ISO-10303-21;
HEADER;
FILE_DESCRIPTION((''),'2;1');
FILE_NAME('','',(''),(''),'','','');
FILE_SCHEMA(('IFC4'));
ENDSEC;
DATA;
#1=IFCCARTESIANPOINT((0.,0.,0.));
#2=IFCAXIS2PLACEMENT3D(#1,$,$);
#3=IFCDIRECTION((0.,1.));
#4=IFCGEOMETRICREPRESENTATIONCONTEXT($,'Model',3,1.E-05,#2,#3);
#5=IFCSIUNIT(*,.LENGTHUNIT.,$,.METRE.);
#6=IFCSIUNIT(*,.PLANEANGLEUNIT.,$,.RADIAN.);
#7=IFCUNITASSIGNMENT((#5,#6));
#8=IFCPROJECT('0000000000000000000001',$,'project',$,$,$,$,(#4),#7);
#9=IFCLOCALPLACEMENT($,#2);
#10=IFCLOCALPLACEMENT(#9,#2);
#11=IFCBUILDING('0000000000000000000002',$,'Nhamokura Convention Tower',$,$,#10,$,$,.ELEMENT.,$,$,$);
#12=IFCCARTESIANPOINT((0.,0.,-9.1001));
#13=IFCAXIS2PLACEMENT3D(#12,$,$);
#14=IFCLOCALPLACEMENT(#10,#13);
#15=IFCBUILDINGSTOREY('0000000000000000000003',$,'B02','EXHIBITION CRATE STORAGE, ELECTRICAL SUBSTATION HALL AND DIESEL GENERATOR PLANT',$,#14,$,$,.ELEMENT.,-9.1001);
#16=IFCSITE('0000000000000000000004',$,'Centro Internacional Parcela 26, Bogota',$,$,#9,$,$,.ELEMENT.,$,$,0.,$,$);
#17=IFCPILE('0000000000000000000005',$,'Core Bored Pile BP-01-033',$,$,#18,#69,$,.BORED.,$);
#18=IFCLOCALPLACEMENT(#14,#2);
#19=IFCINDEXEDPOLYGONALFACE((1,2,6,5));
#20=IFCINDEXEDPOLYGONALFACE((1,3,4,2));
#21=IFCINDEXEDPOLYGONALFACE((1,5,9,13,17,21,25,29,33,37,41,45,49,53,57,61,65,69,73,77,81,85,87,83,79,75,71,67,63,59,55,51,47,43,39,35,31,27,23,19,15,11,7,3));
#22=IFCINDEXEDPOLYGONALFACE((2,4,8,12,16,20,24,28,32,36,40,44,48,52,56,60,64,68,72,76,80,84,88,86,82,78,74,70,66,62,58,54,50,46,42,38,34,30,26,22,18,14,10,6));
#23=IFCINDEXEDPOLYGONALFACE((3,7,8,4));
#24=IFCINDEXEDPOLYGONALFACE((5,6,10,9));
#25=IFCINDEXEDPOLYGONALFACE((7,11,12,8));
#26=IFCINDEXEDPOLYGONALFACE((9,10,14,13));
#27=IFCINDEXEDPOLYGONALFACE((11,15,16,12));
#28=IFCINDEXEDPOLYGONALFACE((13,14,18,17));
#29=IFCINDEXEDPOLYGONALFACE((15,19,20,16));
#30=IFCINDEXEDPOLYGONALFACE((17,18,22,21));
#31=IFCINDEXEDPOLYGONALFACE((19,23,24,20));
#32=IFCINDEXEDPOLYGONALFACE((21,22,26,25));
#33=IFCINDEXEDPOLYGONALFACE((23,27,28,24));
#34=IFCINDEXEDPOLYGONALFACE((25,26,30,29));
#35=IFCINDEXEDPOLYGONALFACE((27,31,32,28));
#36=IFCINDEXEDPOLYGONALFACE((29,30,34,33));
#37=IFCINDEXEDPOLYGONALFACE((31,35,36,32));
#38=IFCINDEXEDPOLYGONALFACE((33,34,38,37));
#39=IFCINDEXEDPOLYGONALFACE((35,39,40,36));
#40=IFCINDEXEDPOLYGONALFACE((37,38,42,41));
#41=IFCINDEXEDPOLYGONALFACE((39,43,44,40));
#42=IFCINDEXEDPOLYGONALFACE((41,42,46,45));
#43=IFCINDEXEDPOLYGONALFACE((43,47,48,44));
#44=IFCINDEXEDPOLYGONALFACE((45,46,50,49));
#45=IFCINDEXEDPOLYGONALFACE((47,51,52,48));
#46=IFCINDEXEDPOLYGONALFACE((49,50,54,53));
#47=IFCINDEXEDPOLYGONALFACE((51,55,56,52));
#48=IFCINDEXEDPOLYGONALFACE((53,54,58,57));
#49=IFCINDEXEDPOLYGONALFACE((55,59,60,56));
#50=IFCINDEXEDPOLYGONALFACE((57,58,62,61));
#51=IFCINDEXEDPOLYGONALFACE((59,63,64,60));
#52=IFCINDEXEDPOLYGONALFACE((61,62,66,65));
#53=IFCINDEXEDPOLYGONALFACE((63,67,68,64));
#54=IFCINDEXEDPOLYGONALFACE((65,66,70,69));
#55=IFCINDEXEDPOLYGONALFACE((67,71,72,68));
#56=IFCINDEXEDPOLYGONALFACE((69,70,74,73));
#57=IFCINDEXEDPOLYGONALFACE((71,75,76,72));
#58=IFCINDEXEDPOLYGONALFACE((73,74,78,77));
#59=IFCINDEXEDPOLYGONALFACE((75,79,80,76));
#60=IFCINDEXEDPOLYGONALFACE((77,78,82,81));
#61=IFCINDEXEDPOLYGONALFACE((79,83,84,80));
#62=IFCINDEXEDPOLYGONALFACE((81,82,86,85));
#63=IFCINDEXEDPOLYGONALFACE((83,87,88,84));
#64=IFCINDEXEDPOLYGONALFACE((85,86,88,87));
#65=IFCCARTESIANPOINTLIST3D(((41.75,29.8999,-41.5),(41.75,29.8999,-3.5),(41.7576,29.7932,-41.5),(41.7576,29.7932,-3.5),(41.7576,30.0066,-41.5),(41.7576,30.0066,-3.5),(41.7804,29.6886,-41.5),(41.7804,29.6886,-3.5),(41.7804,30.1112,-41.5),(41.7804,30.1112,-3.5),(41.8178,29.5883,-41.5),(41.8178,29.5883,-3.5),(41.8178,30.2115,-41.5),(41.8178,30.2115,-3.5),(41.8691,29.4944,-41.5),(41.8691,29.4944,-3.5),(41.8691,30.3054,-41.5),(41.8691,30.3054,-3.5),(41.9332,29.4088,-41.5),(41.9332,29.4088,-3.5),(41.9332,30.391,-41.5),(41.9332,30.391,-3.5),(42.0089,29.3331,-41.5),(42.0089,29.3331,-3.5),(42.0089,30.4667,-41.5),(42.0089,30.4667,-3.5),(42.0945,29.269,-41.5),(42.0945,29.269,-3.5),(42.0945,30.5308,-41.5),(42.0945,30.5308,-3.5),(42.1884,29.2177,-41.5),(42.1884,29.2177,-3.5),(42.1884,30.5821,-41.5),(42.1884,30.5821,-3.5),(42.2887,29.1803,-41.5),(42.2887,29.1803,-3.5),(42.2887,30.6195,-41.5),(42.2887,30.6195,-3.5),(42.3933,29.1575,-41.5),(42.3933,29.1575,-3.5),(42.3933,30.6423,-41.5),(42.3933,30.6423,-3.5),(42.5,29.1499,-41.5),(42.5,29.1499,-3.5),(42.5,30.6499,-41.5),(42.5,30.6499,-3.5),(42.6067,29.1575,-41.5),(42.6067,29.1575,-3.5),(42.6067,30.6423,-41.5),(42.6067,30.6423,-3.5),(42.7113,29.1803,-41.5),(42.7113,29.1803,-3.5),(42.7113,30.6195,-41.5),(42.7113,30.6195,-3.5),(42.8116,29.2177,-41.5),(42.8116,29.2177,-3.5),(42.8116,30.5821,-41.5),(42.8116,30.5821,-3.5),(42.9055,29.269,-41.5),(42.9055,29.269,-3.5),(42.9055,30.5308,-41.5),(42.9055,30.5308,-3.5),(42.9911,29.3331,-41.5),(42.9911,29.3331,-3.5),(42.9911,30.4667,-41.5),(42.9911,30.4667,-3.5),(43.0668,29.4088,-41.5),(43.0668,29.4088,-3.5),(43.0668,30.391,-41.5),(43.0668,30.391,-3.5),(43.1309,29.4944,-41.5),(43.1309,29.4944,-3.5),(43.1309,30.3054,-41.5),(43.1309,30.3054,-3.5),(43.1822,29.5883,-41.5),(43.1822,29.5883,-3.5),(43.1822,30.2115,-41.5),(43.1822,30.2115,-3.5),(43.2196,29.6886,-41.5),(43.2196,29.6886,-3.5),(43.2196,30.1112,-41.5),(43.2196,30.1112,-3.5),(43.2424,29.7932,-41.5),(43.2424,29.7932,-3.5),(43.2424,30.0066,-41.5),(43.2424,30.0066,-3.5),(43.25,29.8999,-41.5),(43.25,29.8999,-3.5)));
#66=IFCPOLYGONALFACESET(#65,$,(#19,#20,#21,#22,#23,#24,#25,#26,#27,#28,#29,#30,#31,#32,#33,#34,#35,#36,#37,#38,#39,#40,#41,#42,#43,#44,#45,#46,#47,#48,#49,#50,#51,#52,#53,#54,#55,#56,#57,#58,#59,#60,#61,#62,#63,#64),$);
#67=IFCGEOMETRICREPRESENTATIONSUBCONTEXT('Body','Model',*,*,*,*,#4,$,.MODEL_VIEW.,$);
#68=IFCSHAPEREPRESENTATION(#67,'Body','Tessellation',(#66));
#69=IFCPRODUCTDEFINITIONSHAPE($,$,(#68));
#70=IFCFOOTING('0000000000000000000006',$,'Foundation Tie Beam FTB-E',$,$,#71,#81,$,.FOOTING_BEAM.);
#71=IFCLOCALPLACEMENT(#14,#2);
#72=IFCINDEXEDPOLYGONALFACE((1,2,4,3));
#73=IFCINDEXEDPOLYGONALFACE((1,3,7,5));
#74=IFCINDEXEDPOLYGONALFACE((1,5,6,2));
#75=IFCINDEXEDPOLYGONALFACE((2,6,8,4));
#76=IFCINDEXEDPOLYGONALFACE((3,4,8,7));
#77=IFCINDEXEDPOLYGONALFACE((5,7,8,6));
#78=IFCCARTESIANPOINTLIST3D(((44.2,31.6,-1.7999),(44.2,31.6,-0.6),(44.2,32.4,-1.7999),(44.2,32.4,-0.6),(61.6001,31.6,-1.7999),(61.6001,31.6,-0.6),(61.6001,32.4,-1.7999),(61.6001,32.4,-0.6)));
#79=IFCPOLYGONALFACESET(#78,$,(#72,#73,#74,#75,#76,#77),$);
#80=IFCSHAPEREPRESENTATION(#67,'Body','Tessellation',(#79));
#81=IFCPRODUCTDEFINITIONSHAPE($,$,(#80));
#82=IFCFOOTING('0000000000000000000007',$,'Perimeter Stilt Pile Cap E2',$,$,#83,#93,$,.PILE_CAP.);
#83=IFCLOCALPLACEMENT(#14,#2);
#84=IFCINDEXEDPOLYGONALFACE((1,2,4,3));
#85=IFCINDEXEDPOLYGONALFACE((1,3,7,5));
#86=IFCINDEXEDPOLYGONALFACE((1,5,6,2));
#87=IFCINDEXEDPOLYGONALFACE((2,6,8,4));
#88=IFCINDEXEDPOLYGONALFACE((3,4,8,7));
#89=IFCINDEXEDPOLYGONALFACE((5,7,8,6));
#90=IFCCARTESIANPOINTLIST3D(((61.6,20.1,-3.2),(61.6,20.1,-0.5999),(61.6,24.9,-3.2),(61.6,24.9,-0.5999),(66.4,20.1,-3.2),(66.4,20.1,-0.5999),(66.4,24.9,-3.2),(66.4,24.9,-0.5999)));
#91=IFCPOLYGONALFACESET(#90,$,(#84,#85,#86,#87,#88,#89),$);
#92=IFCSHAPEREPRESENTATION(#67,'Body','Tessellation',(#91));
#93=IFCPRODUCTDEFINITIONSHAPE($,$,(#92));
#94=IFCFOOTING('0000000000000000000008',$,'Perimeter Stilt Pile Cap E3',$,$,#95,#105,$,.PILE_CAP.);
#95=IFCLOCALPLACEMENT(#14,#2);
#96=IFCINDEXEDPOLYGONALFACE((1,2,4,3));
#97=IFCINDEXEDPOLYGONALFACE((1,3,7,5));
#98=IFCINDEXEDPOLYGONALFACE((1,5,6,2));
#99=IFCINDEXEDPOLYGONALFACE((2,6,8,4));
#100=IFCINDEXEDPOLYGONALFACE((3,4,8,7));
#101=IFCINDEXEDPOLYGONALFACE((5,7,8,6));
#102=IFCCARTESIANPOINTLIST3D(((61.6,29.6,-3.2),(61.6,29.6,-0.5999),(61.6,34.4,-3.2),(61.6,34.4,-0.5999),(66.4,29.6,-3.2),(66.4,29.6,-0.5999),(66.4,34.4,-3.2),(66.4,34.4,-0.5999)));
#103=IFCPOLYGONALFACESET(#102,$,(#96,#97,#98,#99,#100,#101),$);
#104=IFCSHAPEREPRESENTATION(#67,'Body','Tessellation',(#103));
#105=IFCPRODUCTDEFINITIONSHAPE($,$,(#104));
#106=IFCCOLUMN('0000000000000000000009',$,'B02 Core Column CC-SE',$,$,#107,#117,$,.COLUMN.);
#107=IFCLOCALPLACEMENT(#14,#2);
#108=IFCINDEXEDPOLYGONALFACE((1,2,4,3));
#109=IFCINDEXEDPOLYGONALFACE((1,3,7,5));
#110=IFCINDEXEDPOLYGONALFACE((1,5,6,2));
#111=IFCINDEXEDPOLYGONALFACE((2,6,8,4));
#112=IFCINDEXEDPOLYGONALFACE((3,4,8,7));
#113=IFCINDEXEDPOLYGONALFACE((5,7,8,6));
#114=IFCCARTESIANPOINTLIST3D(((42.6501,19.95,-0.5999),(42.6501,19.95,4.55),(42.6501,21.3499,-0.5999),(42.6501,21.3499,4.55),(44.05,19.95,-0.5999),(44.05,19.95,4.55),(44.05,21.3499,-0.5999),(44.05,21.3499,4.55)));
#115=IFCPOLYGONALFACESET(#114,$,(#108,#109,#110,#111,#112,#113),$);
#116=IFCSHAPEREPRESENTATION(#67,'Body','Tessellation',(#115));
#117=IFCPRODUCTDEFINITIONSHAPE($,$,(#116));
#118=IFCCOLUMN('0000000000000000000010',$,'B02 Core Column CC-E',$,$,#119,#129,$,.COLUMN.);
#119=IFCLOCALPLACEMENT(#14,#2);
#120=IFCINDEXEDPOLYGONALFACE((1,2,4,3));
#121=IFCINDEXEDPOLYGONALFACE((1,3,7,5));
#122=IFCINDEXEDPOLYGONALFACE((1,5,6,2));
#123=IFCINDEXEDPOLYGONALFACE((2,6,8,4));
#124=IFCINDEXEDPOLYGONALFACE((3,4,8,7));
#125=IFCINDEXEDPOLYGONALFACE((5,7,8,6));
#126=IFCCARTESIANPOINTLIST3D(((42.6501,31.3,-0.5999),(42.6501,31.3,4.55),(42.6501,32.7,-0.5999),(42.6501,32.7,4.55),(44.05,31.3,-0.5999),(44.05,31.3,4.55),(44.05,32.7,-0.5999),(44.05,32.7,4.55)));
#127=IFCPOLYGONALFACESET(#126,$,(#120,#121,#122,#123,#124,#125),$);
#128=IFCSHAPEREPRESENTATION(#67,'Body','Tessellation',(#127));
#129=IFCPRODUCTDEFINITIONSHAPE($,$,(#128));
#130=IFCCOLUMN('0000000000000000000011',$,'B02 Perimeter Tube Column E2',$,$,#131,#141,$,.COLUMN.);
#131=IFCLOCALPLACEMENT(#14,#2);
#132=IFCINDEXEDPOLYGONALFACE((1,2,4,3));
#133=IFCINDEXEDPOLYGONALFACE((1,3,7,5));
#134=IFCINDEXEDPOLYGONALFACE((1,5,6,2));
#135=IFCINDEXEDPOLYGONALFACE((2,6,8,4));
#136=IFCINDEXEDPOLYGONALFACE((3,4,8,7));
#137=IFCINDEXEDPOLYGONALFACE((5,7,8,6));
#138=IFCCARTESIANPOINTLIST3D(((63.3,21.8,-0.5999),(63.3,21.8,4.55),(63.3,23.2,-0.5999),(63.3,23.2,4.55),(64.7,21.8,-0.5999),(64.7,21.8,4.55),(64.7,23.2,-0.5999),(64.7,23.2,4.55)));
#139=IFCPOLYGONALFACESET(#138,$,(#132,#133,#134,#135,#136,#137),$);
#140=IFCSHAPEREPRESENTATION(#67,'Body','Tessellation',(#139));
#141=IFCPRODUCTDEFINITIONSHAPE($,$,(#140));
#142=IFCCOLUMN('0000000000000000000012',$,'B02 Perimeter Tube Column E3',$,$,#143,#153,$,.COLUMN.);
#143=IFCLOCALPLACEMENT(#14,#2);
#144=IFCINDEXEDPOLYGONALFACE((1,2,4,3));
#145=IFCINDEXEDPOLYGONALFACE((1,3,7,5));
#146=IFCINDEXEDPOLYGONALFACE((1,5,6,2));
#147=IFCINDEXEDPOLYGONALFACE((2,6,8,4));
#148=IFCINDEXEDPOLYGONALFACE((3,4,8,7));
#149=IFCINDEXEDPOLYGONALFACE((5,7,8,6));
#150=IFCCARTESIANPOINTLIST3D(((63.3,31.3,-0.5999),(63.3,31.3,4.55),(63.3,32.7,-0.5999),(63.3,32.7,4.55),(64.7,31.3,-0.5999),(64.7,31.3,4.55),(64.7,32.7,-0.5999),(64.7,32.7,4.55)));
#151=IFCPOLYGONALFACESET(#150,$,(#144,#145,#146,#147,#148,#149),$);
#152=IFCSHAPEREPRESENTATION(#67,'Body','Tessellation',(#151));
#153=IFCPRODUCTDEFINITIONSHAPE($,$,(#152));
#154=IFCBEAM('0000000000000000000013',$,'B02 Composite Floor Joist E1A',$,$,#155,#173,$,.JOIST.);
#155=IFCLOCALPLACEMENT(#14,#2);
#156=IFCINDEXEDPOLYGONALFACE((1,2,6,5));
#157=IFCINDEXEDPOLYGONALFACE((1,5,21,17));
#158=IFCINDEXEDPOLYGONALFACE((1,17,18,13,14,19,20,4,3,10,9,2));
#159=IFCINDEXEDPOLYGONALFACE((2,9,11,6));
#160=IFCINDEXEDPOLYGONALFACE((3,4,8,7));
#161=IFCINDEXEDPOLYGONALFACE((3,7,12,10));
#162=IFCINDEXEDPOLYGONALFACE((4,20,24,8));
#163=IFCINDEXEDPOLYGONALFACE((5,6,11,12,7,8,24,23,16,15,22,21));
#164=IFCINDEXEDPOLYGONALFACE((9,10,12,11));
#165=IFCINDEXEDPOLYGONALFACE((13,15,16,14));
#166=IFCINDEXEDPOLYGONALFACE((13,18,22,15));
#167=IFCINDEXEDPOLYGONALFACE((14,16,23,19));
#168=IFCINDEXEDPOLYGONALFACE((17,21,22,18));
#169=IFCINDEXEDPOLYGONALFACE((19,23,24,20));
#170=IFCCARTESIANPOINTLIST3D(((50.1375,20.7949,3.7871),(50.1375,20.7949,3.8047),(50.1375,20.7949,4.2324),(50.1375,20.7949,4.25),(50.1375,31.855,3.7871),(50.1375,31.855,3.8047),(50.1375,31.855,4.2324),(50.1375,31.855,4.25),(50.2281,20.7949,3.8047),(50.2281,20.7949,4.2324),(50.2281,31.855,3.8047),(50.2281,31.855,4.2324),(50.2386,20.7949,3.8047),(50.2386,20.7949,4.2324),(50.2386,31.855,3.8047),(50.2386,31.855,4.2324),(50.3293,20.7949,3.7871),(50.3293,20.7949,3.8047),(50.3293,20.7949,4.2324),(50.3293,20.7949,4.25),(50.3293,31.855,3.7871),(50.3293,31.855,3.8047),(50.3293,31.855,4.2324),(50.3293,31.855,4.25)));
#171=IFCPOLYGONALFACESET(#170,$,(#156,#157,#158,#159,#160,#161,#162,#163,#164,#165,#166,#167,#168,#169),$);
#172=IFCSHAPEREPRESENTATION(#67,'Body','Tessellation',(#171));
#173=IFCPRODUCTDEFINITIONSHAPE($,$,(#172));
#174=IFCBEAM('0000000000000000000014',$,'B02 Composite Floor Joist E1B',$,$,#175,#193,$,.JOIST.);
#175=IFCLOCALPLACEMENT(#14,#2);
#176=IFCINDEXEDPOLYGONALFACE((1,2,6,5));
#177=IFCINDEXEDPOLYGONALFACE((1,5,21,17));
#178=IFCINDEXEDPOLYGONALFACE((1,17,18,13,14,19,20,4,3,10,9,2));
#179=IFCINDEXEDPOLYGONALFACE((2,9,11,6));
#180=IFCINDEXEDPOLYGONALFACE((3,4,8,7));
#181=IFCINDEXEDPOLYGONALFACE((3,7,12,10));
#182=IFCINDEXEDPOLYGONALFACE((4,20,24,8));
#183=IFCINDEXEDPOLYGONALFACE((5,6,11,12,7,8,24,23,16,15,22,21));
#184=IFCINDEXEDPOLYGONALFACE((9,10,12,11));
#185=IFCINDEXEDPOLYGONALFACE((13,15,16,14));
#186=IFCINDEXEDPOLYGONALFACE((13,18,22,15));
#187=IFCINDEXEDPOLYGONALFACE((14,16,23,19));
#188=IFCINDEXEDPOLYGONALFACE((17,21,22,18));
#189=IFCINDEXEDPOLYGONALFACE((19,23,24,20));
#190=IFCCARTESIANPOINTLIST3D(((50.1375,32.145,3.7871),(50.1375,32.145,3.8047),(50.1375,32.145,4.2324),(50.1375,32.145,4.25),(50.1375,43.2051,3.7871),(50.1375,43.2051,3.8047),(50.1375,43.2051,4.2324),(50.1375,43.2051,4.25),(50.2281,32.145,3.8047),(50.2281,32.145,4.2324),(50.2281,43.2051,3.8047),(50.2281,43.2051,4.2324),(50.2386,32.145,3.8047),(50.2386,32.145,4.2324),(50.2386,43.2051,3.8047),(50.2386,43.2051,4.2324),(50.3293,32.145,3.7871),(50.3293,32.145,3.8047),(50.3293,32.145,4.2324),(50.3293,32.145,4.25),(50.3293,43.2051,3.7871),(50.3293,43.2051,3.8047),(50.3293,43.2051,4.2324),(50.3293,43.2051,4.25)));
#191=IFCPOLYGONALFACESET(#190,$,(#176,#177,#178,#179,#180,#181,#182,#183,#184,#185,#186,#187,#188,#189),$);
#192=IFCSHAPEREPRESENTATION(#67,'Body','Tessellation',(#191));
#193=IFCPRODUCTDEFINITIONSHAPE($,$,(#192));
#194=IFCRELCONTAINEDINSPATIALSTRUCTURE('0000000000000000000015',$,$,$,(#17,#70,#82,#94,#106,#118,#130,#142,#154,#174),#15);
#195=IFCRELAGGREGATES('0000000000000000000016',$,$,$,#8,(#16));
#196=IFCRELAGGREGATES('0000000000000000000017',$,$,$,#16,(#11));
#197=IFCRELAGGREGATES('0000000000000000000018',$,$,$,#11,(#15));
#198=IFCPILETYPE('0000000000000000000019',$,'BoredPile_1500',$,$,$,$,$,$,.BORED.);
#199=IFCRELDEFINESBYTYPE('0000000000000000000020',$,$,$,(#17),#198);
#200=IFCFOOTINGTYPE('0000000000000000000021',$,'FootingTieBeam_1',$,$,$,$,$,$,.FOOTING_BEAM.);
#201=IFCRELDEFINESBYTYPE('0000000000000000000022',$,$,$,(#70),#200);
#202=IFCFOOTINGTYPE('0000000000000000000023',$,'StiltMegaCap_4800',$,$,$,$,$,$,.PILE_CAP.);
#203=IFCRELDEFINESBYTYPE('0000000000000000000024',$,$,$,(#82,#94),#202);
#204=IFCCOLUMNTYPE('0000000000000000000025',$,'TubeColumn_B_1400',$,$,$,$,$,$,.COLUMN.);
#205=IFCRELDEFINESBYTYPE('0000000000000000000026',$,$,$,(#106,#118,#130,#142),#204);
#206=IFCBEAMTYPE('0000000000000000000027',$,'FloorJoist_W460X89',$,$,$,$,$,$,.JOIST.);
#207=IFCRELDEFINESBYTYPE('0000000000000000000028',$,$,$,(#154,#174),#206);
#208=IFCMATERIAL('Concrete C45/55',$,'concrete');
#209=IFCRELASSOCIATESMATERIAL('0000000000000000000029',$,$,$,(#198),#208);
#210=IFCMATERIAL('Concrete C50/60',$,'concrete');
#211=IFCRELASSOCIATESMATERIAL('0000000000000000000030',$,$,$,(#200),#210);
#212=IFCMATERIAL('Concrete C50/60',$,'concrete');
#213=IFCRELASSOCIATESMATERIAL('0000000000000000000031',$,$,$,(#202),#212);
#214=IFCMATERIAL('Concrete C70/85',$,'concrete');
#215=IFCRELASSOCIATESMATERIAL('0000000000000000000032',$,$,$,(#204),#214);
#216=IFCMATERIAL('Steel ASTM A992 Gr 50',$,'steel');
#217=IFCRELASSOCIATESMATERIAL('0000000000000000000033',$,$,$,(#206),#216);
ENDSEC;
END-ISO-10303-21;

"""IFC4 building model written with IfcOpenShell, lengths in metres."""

from ifc_helpers import new_model, si_unit, direction, frame, origin, origin_2d, place, context, subcontext, project, spatial, rectangle, circle, i_section, extrude, material, material_profile, profile_set, type_object, element, save


model = new_model("IFC4")

# Units and contexts
model_context = context("Model", 3, precision=1e-05, world=origin(), true_north=direction((0.0, 1.0)))
body_context = subcontext(model_context, "Body", "Model", "MODEL_VIEW")
ifc_project = project(units=[si_unit("LENGTHUNIT", "METRE"), si_unit("PLANEANGLEUNIT", "RADIAN")], contexts=[model_context])

# Site, building, storey
site_placement = place(None, origin())
site = spatial("IfcSite", under=ifc_project, at=site_placement, Name="Centro Internacional Parcela 26, Bogota", CompositionType="ELEMENT", RefElevation=0.0)
building_placement = place(site_placement, origin())
building = spatial("IfcBuilding", under=site, at=building_placement, Name="Nhamokura Convention Tower", CompositionType="ELEMENT")
storey_placement = place(building_placement, frame((0.0, 0.0, -9.1001)))
storey = spatial("IfcBuildingStorey", under=building, at=storey_placement, Name="B02", Description="EXHIBITION CRATE STORAGE, ELECTRICAL SUBSTATION HALL AND DIESEL GENERATOR PLANT", CompositionType="ELEMENT", Elevation=-9.1001)

# Pile
ifc_material_1 = material(Name="Concrete C45/55", Category="concrete")
ifc_material_profile_1 = material_profile(ifc_material_1, circle(Radius=0.75, at=origin_2d()))
ifc_profile_set_1 = profile_set([ifc_material_profile_1], Name="Concrete C45/55")
pile_type_1 = type_object("IfcPileType", Name="BoredPile_1500", PredefinedType="BORED", material=ifc_profile_set_1)
for number, where, z_axis, x_axis, name in (
    (1, (42.5, 29.8999, -3.5), (0.0, 0.0, -1.0), (1.0, 0.0, 0.0), "Core Bored Pile BP-01-033"),
):
    element("IfcPile", number, at=place(storey_placement, frame(where, z_axis=z_axis, x_axis=x_axis)), inside=storey, type_object=pile_type_1, Name=name, PredefinedType="BORED", context=body_context, shape_type="SweptSolid", body=[
        extrude(circle(Radius=0.75, at=origin_2d()), origin(), (0.0, 0.0, 1.0), 38.0),
    ])

# Footings
ifc_material_2 = material(Name="Concrete C50/60", Category="concrete")
ifc_material_profile_2 = material_profile(ifc_material_2, rectangle(XDim=0.8, YDim=1.2, at=origin_2d()))
ifc_profile_set_2 = profile_set([ifc_material_profile_2], Name="Concrete C50/60")
footing_type_1 = type_object("IfcFootingType", Name="FootingTieBeam_1", PredefinedType="FOOTING_BEAM", material=ifc_profile_set_2)
footing_placement = place(storey_placement, frame((44.2, 32.0, -1.2), z_axis=(1.0, 0.0, 0.0), x_axis=(0.0, 1.0, 0.0)))
element("IfcFooting", 2, at=footing_placement, inside=storey, type_object=footing_type_1, Name="Foundation Tie Beam FTB-E", PredefinedType="FOOTING_BEAM", context=body_context, shape_type="SweptSolid", body=[
    extrude(rectangle(XDim=0.8, YDim=1.2, at=origin_2d()), origin(), (0.0, 0.0, 1.0), 17.4001),
])
ifc_material_3 = material(Name="Concrete C50/60", Category="concrete")
footing_type_2 = type_object("IfcFootingType", Name="StiltMegaCap_4800", PredefinedType="PILE_CAP", material=ifc_material_3)
for number, where, z_axis, x_axis, name in (
    (3, (64.0, 22.5, -3.2), (0.0, 0.0, 1.0), (1.0, 0.0, 0.0), "Perimeter Stilt Pile Cap E2"),
    (4, (64.0, 32.0, -3.2), (0.0, 0.0, 1.0), (1.0, 0.0, 0.0), "Perimeter Stilt Pile Cap E3"),
):
    element("IfcFooting", number, at=place(storey_placement, frame(where, z_axis=z_axis, x_axis=x_axis)), inside=storey, type_object=footing_type_2, Name=name, PredefinedType="PILE_CAP", context=body_context, shape_type="SweptSolid", body=[
        extrude(rectangle(XDim=4.8, YDim=4.8, at=origin_2d()), origin(), (0.0, 0.0, 1.0), 2.6001),
    ])

# Columns
ifc_material_4 = material(Name="Concrete C70/85", Category="concrete")
ifc_material_profile_3 = material_profile(ifc_material_4, rectangle(XDim=1.3999, YDim=1.3999, at=origin_2d()))
ifc_profile_set_3 = profile_set([ifc_material_profile_3], Name="Concrete C70/85")
column_type = type_object("IfcColumnType", Name="TubeColumn_B_1400", PredefinedType="COLUMN", material=ifc_profile_set_3)
for number, where, z_axis, x_axis, name in (
    (5, (43.3501, 20.6499, -0.5999), (0.0, 0.0, 1.0), (1.0, 0.0, 0.0), "B02 Core Column CC-SE"),
    (6, (43.3501, 32.0, -0.5999), (0.0, 0.0, 1.0), (1.0, 0.0, 0.0), "B02 Core Column CC-E"),
    (7, (64.0, 22.5, -0.5999), (0.0, 0.0, 1.0), (1.0, 0.0, 0.0), "B02 Perimeter Tube Column E2"),
    (8, (64.0, 32.0, -0.5999), (0.0, 0.0, 1.0), (1.0, 0.0, 0.0), "B02 Perimeter Tube Column E3"),
):
    element("IfcColumn", number, at=place(storey_placement, frame(where, z_axis=z_axis, x_axis=x_axis)), inside=storey, type_object=column_type, Name=name, PredefinedType="COLUMN", context=body_context, shape_type="SweptSolid", body=[
        extrude(rectangle(XDim=1.3999, YDim=1.3999, at=origin_2d()), origin(), (0.0, 0.0, 1.0), 5.1499),
    ])

# Beams
ifc_material_5 = material(Name="Steel ASTM A992 Gr 50", Category="steel")
ifc_material_profile_4 = material_profile(ifc_material_5, i_section(OverallWidth=0.1919, OverallDepth=0.4629, WebThickness=0.0105, FlangeThickness=0.0176, at=origin_2d()))
ifc_profile_set_4 = profile_set([ifc_material_profile_4], Name="Steel ASTM A992 Gr 50")
beam_type_1 = type_object("IfcBeamType", Name="FloorJoist_W460X89", PredefinedType="JOIST", material=ifc_profile_set_4)
for number, where, z_axis, x_axis, name in (
    (9, (50.2334, 20.7949, 4.0186), (0.0, 1.0, 0.0), (-1.0, 0.0, 0.0), "B02 Composite Floor Joist E1A"),
    (10, (50.2334, 32.145, 4.0186), (0.0, 1.0, 0.0), (-1.0, 0.0, 0.0), "B02 Composite Floor Joist E1B"),
):
    element("IfcBeam", number, at=place(storey_placement, frame(where, z_axis=z_axis, x_axis=x_axis)), inside=storey, type_object=beam_type_1, Name=name, PredefinedType="JOIST", context=body_context, shape_type="SweptSolid", body=[
        extrude(i_section(OverallWidth=0.1919, OverallDepth=0.4629, WebThickness=0.0105, FlangeThickness=0.0176, at=origin_2d()), origin(), (0.0, 0.0, 1.0), 11.0601),
    ])

save(model, "model.ifc")
